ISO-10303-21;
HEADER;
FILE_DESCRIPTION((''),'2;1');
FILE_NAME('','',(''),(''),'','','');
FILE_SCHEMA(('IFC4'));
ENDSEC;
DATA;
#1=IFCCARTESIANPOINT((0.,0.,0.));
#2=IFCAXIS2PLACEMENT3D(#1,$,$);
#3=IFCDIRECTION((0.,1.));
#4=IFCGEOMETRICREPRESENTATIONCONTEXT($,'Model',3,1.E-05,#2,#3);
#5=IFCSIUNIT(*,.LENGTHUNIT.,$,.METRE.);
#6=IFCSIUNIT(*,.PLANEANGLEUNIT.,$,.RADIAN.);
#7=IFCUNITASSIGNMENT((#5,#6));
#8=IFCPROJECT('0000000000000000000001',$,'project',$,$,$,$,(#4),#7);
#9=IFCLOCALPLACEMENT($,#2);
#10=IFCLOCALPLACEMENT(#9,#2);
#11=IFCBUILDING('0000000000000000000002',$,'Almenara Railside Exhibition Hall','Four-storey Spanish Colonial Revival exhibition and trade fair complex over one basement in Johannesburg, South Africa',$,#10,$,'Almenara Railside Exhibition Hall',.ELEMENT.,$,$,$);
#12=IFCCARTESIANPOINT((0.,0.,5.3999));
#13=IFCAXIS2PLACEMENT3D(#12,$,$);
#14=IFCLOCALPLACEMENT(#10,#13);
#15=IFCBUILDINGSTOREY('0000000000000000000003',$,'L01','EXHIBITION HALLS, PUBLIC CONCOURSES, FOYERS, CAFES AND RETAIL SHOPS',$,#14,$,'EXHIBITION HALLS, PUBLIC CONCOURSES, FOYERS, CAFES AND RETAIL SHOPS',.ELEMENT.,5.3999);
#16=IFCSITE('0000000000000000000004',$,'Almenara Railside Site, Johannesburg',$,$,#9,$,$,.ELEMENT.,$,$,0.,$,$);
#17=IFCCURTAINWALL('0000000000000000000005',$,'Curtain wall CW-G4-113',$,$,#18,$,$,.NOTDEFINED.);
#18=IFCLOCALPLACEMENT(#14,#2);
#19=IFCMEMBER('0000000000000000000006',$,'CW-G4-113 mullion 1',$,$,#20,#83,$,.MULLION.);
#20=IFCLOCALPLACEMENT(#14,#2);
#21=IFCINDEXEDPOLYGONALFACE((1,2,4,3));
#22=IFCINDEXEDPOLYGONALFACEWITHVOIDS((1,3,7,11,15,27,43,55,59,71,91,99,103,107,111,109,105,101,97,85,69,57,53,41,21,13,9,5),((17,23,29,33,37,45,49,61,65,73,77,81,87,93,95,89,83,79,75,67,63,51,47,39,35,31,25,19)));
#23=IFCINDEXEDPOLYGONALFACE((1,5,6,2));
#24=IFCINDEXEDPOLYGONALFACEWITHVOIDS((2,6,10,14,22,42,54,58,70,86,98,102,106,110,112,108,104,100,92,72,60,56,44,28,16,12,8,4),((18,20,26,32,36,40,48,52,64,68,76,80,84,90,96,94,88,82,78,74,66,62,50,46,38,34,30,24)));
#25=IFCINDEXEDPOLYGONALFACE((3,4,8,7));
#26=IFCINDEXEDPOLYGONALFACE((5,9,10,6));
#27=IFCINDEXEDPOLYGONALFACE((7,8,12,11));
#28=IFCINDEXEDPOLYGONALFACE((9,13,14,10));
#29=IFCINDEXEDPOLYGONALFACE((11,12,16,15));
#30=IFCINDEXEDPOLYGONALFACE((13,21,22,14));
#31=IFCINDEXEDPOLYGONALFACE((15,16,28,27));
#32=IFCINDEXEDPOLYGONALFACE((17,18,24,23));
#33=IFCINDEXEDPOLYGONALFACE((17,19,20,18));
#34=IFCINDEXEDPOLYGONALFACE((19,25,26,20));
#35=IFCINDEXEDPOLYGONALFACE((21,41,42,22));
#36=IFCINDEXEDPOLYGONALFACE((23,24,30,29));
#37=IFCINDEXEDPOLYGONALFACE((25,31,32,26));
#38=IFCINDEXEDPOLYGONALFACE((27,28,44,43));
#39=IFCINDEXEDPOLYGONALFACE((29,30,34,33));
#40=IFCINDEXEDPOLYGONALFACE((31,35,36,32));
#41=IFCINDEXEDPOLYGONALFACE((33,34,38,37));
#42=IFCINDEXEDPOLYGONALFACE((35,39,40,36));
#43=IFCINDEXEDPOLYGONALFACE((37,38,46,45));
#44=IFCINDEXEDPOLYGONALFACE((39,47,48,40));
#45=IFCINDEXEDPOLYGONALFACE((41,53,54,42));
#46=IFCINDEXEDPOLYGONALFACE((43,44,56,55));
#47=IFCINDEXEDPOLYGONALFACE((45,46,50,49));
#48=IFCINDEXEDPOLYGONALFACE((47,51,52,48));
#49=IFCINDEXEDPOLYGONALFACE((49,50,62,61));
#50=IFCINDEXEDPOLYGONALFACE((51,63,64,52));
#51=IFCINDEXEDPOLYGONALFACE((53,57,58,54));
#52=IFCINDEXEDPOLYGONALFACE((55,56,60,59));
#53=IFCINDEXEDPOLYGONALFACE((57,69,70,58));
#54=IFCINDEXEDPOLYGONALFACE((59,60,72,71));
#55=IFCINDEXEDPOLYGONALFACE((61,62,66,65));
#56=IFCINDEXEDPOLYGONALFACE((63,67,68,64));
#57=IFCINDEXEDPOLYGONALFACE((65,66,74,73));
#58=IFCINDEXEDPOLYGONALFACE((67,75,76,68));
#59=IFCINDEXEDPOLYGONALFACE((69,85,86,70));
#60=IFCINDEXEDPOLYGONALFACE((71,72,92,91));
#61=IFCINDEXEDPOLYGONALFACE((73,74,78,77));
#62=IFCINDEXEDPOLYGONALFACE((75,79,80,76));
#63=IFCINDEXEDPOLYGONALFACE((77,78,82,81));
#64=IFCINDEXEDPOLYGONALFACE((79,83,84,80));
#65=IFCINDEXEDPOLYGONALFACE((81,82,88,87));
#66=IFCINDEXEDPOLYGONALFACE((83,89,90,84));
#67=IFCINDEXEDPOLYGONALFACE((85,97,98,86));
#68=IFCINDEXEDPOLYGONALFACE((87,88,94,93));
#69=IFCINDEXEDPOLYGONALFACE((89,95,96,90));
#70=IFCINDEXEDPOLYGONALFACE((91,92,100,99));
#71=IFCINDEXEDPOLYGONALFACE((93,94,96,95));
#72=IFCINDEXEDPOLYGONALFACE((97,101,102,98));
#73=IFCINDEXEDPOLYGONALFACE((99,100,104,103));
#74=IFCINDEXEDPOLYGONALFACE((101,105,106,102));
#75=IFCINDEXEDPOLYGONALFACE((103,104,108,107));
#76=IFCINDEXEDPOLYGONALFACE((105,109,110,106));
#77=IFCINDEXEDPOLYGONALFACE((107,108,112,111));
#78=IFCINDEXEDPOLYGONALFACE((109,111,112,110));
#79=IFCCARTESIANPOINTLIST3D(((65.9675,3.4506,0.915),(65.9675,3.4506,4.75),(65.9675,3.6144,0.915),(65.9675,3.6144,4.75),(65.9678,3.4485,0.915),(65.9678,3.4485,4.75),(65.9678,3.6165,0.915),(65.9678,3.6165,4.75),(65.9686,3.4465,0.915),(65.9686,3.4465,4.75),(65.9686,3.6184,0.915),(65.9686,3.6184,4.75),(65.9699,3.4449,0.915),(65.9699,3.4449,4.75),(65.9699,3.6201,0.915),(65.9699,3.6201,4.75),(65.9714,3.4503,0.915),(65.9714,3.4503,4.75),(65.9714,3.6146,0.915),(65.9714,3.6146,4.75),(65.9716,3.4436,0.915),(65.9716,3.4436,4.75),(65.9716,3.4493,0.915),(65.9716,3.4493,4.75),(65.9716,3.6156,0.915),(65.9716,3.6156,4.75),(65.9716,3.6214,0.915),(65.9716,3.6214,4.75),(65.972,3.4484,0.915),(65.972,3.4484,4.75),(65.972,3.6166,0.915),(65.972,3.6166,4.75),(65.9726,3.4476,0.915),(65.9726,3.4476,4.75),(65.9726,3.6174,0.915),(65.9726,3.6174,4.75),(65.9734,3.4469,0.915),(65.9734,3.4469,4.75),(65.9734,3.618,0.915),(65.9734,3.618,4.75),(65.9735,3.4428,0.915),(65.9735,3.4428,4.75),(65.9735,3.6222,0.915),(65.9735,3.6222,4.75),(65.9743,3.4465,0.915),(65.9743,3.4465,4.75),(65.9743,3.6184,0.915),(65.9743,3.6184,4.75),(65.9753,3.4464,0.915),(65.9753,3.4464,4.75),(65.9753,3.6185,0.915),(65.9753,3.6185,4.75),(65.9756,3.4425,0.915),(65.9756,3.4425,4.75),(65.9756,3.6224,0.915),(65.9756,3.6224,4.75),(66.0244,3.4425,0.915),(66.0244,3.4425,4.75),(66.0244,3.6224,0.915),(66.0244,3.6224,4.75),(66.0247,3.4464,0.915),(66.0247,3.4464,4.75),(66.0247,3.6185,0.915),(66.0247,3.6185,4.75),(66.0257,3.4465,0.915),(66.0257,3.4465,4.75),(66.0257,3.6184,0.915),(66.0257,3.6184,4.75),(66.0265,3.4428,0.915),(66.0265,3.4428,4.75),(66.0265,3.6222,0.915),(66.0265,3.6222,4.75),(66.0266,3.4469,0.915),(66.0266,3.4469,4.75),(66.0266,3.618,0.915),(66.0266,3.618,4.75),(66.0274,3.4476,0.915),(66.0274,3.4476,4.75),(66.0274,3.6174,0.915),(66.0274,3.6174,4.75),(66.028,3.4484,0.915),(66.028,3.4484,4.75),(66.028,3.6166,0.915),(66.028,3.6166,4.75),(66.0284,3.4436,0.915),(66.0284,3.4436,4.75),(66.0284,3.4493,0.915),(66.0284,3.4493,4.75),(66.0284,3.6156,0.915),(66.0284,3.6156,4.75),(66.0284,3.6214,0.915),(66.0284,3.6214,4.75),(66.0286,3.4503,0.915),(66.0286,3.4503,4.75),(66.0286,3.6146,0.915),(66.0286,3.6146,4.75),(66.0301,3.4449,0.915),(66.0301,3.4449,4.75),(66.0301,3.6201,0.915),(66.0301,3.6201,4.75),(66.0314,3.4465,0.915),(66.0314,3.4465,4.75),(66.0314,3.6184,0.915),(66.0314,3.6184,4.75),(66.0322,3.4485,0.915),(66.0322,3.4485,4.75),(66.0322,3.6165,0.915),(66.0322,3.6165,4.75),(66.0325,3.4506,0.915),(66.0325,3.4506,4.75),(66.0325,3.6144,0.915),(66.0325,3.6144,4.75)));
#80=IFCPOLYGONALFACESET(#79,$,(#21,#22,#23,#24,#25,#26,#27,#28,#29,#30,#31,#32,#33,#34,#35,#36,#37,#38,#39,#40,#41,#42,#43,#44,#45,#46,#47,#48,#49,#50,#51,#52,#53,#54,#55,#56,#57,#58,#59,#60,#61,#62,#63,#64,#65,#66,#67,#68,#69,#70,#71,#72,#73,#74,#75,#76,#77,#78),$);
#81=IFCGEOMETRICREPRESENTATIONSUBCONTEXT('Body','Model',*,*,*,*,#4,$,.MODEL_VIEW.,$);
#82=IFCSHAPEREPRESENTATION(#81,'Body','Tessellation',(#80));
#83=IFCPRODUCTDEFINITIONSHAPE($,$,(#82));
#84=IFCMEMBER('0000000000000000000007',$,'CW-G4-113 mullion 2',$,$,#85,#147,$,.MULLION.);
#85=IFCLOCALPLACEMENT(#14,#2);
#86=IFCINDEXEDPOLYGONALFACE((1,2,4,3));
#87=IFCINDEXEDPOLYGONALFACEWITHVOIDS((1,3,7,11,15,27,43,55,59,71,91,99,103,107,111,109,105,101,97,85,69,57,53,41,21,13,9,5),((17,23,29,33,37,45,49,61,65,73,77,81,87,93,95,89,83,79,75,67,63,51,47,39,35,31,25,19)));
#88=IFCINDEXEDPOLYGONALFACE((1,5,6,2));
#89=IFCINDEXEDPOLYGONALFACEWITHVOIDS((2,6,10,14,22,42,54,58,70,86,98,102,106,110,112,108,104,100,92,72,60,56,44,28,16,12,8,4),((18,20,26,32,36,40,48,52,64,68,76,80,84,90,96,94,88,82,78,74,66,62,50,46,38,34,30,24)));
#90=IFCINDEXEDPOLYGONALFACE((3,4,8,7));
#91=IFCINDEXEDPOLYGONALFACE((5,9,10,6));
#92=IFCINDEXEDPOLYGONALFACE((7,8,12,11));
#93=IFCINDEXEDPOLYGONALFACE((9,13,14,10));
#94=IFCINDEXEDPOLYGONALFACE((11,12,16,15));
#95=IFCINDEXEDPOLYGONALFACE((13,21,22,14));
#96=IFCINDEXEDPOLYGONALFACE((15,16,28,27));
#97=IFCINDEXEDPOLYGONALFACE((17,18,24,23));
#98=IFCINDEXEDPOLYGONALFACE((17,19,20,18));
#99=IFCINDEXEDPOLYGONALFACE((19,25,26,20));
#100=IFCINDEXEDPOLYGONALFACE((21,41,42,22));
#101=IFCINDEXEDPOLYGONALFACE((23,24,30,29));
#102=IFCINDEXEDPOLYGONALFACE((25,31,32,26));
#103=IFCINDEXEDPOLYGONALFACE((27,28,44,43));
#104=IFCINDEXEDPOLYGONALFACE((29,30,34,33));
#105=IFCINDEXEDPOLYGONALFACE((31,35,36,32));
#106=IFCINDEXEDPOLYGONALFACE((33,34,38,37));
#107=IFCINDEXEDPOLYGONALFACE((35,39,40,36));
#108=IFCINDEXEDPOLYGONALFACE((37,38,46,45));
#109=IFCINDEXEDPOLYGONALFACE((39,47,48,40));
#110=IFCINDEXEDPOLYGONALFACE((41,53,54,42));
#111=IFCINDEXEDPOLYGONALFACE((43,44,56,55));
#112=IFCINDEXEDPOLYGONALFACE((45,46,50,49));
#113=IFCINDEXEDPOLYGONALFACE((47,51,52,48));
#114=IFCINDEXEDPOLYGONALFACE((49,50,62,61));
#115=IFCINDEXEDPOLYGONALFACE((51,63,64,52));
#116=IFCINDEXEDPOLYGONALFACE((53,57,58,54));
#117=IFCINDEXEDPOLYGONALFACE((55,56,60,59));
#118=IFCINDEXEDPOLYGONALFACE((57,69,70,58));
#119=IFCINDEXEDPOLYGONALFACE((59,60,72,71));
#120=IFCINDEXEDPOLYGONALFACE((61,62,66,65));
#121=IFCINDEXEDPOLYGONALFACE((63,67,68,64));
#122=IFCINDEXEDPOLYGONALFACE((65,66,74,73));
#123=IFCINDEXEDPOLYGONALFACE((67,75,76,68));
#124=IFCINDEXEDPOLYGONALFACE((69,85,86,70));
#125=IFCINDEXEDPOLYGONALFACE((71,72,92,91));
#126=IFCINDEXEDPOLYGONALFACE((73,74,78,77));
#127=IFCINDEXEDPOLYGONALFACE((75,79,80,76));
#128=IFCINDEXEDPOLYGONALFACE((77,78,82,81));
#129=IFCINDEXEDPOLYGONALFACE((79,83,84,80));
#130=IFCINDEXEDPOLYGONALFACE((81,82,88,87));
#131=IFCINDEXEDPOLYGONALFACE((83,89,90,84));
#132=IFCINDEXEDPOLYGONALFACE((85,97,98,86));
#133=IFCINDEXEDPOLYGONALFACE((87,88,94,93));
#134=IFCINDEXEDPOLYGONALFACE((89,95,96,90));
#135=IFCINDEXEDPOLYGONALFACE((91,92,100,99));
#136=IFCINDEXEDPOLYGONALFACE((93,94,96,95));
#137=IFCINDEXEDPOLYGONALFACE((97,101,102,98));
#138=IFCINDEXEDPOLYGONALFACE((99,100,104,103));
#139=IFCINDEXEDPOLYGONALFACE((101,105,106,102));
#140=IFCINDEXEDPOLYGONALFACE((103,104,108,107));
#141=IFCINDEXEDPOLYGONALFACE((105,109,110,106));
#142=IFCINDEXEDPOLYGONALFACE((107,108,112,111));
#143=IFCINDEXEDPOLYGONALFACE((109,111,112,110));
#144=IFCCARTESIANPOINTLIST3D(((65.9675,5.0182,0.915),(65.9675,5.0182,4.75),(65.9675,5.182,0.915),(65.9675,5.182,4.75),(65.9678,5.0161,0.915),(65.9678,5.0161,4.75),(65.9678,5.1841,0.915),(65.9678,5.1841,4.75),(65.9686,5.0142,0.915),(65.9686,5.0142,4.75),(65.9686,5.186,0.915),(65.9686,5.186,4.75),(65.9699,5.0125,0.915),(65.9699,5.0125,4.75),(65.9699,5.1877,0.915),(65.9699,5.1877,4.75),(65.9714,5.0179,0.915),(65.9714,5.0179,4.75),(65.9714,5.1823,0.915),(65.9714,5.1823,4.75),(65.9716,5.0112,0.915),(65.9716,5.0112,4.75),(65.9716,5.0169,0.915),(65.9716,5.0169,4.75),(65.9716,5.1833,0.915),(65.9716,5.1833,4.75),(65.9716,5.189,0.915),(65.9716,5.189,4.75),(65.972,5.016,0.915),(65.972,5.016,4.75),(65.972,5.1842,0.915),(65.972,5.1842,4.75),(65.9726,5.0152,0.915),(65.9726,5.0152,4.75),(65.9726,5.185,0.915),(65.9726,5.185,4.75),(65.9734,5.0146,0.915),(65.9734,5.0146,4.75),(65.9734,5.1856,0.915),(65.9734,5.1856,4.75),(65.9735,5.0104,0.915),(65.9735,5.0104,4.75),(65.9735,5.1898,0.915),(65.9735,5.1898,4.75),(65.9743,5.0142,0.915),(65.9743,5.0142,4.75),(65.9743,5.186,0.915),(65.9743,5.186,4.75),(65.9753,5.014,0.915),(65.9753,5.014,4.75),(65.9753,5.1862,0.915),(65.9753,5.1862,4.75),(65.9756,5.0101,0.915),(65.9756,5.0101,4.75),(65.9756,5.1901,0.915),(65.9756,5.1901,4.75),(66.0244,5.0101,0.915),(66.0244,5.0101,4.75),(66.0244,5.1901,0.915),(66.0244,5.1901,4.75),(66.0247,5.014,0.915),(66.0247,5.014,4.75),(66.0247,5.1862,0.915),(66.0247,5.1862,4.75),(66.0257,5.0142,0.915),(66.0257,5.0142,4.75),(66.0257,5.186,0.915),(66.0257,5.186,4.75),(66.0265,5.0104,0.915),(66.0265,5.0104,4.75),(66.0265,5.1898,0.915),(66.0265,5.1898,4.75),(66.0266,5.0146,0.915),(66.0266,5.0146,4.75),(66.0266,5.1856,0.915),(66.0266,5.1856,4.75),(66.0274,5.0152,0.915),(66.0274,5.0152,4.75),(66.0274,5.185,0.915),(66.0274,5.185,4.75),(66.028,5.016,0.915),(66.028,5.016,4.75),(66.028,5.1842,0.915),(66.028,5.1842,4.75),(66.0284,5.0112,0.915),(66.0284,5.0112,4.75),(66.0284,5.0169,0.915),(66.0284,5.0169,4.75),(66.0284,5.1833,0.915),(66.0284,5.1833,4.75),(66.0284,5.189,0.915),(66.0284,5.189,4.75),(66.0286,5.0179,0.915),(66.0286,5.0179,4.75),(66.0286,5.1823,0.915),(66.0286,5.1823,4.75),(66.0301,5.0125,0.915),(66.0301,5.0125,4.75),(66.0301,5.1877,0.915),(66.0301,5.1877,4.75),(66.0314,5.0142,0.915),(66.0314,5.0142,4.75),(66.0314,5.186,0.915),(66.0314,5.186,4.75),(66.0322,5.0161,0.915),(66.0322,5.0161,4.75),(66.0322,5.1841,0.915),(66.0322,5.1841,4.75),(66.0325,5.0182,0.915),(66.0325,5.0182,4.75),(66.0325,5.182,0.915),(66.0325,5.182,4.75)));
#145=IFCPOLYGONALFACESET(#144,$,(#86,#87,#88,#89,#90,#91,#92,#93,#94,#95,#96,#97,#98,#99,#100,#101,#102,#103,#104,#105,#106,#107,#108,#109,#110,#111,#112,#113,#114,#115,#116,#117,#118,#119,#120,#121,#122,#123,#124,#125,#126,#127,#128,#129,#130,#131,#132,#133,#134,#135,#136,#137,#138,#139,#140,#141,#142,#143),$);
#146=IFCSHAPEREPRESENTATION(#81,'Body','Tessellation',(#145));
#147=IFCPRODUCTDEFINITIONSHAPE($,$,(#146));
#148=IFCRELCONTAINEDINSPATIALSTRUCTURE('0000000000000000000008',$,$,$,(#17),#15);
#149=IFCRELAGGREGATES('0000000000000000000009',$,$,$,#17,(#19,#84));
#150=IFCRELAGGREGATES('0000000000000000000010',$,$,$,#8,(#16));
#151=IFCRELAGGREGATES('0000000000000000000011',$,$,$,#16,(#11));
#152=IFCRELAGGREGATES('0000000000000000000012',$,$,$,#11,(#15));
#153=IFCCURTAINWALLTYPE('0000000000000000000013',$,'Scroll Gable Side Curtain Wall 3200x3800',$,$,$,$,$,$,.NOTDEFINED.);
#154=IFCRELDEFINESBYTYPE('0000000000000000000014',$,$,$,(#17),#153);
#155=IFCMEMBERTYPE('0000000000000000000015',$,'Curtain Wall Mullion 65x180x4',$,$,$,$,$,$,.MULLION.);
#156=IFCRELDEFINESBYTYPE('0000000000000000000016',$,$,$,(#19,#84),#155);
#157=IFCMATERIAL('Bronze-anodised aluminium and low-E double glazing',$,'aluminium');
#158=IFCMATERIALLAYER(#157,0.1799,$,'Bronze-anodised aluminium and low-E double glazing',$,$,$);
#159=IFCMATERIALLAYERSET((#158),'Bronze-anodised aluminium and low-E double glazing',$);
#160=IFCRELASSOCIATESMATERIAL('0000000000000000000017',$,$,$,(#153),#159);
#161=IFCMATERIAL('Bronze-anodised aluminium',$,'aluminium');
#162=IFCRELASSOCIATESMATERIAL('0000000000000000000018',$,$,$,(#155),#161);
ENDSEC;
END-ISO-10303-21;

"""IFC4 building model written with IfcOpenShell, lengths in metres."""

from ifc_helpers import new_model, si_unit, direction, frame, origin, origin_2d, place, context, subcontext, project, spatial, hollow_rectangle, extrude, material, layer, layer_set, material_profile, profile_set, type_object, element, aggregate, save


model = new_model("IFC4")

# Units and contexts
model_context = context("Model", 3, precision=1e-05, world=origin(), true_north=direction((0.0, 1.0)))
body_context = subcontext(model_context, "Body", "Model", "MODEL_VIEW")
ifc_project = project(units=[si_unit("LENGTHUNIT", "METRE"), si_unit("PLANEANGLEUNIT", "RADIAN")], contexts=[model_context])

# Site, building, storey
site_placement = place(None, origin())
site = spatial("IfcSite", under=ifc_project, at=site_placement, Name="Almenara Railside Site, Johannesburg", CompositionType="ELEMENT", RefElevation=0.0)
building_placement = place(site_placement, origin())
building = spatial("IfcBuilding", under=site, at=building_placement, Name="Almenara Railside Exhibition Hall", Description="Four-storey Spanish Colonial Revival exhibition and trade fair complex over one basement in Johannesburg, South Africa", LongName="Almenara Railside Exhibition Hall", CompositionType="ELEMENT")
storey_placement = place(building_placement, frame((0.0, 0.0, 5.3999)))
storey = spatial("IfcBuildingStorey", under=building, at=storey_placement, Name="L01", Description="EXHIBITION HALLS, PUBLIC CONCOURSES, FOYERS, CAFES AND RETAIL SHOPS", LongName="EXHIBITION HALLS, PUBLIC CONCOURSES, FOYERS, CAFES AND RETAIL SHOPS", CompositionType="ELEMENT", Elevation=5.3999)

# Curtain wall, members
ifc_material_1 = material(Name="Bronze-anodised aluminium and low-E double glazing", Category="aluminium")
ifc_material_2 = material(Name="Bronze-anodised aluminium", Category="aluminium")
ifc_layer_1 = layer(ifc_material_1, 0.1799, Name="Bronze-anodised aluminium and low-E double glazing")
ifc_layer_set_1 = layer_set([ifc_layer_1], Name="Bronze-anodised aluminium and low-E double glazing")
curtain_wall_type_1 = type_object("IfcCurtainWallType", Name="Scroll Gable Side Curtain Wall 3200x3800", PredefinedType="NOTDEFINED", material=ifc_layer_set_1)
curtain_wall_1_placement = place(storey_placement, origin())
curtain_wall_1 = element("IfcCurtainWall", 1, at=curtain_wall_1_placement, inside=storey, type_object=curtain_wall_type_1, Name="Curtain wall CW-G4-113", PredefinedType="NOTDEFINED")
ifc_material_profile_1 = material_profile(ifc_material_2, hollow_rectangle(XDim=0.0649, YDim=0.1799, WallThickness=0.0039, InnerFilletRadius=0.0039, OuterFilletRadius=0.0081, at=origin_2d()), Name="ALU-MUL 65x180x4")
ifc_profile_set_1 = profile_set([ifc_material_profile_1], Name="Bronze-anodised aluminium")
member_type_1 = type_object("IfcMemberType", Name="Curtain Wall Mullion 65x180x4", PredefinedType="MULLION", material=ifc_profile_set_1)
member_1_placement = place(storey_placement, frame((66.0, 3.5325, 0.915), z_axis=(0.0, 0.0, 1.0), x_axis=(-1.0, 0.0, 0.0)))
member_1 = element("IfcMember", 2, at=member_1_placement, type_object=member_type_1, Name="CW-G4-113 mullion 1", PredefinedType="MULLION", context=body_context, shape_type="SweptSolid", body=[
    extrude(hollow_rectangle(XDim=0.0649, YDim=0.1799, WallThickness=0.0039, InnerFilletRadius=0.0039, OuterFilletRadius=0.0081, at=origin_2d()), origin(), (0.0, 0.0, 1.0), 3.835),
])
member_2_placement = place(storey_placement, frame((66.0, 5.1001, 0.915), z_axis=(0.0, 0.0, 1.0), x_axis=(-1.0, 0.0, 0.0)))
member_2 = element("IfcMember", 3, at=member_2_placement, type_object=member_type_1, Name="CW-G4-113 mullion 2", PredefinedType="MULLION", context=body_context, shape_type="SweptSolid", body=[
    extrude(hollow_rectangle(XDim=0.0649, YDim=0.1799, WallThickness=0.0039, InnerFilletRadius=0.0039, OuterFilletRadius=0.0081, at=origin_2d()), origin(), (0.0, 0.0, 1.0), 3.835),
])

aggregate(curtain_wall_1, [member_1, member_2])

save(model, "model.ifc")
